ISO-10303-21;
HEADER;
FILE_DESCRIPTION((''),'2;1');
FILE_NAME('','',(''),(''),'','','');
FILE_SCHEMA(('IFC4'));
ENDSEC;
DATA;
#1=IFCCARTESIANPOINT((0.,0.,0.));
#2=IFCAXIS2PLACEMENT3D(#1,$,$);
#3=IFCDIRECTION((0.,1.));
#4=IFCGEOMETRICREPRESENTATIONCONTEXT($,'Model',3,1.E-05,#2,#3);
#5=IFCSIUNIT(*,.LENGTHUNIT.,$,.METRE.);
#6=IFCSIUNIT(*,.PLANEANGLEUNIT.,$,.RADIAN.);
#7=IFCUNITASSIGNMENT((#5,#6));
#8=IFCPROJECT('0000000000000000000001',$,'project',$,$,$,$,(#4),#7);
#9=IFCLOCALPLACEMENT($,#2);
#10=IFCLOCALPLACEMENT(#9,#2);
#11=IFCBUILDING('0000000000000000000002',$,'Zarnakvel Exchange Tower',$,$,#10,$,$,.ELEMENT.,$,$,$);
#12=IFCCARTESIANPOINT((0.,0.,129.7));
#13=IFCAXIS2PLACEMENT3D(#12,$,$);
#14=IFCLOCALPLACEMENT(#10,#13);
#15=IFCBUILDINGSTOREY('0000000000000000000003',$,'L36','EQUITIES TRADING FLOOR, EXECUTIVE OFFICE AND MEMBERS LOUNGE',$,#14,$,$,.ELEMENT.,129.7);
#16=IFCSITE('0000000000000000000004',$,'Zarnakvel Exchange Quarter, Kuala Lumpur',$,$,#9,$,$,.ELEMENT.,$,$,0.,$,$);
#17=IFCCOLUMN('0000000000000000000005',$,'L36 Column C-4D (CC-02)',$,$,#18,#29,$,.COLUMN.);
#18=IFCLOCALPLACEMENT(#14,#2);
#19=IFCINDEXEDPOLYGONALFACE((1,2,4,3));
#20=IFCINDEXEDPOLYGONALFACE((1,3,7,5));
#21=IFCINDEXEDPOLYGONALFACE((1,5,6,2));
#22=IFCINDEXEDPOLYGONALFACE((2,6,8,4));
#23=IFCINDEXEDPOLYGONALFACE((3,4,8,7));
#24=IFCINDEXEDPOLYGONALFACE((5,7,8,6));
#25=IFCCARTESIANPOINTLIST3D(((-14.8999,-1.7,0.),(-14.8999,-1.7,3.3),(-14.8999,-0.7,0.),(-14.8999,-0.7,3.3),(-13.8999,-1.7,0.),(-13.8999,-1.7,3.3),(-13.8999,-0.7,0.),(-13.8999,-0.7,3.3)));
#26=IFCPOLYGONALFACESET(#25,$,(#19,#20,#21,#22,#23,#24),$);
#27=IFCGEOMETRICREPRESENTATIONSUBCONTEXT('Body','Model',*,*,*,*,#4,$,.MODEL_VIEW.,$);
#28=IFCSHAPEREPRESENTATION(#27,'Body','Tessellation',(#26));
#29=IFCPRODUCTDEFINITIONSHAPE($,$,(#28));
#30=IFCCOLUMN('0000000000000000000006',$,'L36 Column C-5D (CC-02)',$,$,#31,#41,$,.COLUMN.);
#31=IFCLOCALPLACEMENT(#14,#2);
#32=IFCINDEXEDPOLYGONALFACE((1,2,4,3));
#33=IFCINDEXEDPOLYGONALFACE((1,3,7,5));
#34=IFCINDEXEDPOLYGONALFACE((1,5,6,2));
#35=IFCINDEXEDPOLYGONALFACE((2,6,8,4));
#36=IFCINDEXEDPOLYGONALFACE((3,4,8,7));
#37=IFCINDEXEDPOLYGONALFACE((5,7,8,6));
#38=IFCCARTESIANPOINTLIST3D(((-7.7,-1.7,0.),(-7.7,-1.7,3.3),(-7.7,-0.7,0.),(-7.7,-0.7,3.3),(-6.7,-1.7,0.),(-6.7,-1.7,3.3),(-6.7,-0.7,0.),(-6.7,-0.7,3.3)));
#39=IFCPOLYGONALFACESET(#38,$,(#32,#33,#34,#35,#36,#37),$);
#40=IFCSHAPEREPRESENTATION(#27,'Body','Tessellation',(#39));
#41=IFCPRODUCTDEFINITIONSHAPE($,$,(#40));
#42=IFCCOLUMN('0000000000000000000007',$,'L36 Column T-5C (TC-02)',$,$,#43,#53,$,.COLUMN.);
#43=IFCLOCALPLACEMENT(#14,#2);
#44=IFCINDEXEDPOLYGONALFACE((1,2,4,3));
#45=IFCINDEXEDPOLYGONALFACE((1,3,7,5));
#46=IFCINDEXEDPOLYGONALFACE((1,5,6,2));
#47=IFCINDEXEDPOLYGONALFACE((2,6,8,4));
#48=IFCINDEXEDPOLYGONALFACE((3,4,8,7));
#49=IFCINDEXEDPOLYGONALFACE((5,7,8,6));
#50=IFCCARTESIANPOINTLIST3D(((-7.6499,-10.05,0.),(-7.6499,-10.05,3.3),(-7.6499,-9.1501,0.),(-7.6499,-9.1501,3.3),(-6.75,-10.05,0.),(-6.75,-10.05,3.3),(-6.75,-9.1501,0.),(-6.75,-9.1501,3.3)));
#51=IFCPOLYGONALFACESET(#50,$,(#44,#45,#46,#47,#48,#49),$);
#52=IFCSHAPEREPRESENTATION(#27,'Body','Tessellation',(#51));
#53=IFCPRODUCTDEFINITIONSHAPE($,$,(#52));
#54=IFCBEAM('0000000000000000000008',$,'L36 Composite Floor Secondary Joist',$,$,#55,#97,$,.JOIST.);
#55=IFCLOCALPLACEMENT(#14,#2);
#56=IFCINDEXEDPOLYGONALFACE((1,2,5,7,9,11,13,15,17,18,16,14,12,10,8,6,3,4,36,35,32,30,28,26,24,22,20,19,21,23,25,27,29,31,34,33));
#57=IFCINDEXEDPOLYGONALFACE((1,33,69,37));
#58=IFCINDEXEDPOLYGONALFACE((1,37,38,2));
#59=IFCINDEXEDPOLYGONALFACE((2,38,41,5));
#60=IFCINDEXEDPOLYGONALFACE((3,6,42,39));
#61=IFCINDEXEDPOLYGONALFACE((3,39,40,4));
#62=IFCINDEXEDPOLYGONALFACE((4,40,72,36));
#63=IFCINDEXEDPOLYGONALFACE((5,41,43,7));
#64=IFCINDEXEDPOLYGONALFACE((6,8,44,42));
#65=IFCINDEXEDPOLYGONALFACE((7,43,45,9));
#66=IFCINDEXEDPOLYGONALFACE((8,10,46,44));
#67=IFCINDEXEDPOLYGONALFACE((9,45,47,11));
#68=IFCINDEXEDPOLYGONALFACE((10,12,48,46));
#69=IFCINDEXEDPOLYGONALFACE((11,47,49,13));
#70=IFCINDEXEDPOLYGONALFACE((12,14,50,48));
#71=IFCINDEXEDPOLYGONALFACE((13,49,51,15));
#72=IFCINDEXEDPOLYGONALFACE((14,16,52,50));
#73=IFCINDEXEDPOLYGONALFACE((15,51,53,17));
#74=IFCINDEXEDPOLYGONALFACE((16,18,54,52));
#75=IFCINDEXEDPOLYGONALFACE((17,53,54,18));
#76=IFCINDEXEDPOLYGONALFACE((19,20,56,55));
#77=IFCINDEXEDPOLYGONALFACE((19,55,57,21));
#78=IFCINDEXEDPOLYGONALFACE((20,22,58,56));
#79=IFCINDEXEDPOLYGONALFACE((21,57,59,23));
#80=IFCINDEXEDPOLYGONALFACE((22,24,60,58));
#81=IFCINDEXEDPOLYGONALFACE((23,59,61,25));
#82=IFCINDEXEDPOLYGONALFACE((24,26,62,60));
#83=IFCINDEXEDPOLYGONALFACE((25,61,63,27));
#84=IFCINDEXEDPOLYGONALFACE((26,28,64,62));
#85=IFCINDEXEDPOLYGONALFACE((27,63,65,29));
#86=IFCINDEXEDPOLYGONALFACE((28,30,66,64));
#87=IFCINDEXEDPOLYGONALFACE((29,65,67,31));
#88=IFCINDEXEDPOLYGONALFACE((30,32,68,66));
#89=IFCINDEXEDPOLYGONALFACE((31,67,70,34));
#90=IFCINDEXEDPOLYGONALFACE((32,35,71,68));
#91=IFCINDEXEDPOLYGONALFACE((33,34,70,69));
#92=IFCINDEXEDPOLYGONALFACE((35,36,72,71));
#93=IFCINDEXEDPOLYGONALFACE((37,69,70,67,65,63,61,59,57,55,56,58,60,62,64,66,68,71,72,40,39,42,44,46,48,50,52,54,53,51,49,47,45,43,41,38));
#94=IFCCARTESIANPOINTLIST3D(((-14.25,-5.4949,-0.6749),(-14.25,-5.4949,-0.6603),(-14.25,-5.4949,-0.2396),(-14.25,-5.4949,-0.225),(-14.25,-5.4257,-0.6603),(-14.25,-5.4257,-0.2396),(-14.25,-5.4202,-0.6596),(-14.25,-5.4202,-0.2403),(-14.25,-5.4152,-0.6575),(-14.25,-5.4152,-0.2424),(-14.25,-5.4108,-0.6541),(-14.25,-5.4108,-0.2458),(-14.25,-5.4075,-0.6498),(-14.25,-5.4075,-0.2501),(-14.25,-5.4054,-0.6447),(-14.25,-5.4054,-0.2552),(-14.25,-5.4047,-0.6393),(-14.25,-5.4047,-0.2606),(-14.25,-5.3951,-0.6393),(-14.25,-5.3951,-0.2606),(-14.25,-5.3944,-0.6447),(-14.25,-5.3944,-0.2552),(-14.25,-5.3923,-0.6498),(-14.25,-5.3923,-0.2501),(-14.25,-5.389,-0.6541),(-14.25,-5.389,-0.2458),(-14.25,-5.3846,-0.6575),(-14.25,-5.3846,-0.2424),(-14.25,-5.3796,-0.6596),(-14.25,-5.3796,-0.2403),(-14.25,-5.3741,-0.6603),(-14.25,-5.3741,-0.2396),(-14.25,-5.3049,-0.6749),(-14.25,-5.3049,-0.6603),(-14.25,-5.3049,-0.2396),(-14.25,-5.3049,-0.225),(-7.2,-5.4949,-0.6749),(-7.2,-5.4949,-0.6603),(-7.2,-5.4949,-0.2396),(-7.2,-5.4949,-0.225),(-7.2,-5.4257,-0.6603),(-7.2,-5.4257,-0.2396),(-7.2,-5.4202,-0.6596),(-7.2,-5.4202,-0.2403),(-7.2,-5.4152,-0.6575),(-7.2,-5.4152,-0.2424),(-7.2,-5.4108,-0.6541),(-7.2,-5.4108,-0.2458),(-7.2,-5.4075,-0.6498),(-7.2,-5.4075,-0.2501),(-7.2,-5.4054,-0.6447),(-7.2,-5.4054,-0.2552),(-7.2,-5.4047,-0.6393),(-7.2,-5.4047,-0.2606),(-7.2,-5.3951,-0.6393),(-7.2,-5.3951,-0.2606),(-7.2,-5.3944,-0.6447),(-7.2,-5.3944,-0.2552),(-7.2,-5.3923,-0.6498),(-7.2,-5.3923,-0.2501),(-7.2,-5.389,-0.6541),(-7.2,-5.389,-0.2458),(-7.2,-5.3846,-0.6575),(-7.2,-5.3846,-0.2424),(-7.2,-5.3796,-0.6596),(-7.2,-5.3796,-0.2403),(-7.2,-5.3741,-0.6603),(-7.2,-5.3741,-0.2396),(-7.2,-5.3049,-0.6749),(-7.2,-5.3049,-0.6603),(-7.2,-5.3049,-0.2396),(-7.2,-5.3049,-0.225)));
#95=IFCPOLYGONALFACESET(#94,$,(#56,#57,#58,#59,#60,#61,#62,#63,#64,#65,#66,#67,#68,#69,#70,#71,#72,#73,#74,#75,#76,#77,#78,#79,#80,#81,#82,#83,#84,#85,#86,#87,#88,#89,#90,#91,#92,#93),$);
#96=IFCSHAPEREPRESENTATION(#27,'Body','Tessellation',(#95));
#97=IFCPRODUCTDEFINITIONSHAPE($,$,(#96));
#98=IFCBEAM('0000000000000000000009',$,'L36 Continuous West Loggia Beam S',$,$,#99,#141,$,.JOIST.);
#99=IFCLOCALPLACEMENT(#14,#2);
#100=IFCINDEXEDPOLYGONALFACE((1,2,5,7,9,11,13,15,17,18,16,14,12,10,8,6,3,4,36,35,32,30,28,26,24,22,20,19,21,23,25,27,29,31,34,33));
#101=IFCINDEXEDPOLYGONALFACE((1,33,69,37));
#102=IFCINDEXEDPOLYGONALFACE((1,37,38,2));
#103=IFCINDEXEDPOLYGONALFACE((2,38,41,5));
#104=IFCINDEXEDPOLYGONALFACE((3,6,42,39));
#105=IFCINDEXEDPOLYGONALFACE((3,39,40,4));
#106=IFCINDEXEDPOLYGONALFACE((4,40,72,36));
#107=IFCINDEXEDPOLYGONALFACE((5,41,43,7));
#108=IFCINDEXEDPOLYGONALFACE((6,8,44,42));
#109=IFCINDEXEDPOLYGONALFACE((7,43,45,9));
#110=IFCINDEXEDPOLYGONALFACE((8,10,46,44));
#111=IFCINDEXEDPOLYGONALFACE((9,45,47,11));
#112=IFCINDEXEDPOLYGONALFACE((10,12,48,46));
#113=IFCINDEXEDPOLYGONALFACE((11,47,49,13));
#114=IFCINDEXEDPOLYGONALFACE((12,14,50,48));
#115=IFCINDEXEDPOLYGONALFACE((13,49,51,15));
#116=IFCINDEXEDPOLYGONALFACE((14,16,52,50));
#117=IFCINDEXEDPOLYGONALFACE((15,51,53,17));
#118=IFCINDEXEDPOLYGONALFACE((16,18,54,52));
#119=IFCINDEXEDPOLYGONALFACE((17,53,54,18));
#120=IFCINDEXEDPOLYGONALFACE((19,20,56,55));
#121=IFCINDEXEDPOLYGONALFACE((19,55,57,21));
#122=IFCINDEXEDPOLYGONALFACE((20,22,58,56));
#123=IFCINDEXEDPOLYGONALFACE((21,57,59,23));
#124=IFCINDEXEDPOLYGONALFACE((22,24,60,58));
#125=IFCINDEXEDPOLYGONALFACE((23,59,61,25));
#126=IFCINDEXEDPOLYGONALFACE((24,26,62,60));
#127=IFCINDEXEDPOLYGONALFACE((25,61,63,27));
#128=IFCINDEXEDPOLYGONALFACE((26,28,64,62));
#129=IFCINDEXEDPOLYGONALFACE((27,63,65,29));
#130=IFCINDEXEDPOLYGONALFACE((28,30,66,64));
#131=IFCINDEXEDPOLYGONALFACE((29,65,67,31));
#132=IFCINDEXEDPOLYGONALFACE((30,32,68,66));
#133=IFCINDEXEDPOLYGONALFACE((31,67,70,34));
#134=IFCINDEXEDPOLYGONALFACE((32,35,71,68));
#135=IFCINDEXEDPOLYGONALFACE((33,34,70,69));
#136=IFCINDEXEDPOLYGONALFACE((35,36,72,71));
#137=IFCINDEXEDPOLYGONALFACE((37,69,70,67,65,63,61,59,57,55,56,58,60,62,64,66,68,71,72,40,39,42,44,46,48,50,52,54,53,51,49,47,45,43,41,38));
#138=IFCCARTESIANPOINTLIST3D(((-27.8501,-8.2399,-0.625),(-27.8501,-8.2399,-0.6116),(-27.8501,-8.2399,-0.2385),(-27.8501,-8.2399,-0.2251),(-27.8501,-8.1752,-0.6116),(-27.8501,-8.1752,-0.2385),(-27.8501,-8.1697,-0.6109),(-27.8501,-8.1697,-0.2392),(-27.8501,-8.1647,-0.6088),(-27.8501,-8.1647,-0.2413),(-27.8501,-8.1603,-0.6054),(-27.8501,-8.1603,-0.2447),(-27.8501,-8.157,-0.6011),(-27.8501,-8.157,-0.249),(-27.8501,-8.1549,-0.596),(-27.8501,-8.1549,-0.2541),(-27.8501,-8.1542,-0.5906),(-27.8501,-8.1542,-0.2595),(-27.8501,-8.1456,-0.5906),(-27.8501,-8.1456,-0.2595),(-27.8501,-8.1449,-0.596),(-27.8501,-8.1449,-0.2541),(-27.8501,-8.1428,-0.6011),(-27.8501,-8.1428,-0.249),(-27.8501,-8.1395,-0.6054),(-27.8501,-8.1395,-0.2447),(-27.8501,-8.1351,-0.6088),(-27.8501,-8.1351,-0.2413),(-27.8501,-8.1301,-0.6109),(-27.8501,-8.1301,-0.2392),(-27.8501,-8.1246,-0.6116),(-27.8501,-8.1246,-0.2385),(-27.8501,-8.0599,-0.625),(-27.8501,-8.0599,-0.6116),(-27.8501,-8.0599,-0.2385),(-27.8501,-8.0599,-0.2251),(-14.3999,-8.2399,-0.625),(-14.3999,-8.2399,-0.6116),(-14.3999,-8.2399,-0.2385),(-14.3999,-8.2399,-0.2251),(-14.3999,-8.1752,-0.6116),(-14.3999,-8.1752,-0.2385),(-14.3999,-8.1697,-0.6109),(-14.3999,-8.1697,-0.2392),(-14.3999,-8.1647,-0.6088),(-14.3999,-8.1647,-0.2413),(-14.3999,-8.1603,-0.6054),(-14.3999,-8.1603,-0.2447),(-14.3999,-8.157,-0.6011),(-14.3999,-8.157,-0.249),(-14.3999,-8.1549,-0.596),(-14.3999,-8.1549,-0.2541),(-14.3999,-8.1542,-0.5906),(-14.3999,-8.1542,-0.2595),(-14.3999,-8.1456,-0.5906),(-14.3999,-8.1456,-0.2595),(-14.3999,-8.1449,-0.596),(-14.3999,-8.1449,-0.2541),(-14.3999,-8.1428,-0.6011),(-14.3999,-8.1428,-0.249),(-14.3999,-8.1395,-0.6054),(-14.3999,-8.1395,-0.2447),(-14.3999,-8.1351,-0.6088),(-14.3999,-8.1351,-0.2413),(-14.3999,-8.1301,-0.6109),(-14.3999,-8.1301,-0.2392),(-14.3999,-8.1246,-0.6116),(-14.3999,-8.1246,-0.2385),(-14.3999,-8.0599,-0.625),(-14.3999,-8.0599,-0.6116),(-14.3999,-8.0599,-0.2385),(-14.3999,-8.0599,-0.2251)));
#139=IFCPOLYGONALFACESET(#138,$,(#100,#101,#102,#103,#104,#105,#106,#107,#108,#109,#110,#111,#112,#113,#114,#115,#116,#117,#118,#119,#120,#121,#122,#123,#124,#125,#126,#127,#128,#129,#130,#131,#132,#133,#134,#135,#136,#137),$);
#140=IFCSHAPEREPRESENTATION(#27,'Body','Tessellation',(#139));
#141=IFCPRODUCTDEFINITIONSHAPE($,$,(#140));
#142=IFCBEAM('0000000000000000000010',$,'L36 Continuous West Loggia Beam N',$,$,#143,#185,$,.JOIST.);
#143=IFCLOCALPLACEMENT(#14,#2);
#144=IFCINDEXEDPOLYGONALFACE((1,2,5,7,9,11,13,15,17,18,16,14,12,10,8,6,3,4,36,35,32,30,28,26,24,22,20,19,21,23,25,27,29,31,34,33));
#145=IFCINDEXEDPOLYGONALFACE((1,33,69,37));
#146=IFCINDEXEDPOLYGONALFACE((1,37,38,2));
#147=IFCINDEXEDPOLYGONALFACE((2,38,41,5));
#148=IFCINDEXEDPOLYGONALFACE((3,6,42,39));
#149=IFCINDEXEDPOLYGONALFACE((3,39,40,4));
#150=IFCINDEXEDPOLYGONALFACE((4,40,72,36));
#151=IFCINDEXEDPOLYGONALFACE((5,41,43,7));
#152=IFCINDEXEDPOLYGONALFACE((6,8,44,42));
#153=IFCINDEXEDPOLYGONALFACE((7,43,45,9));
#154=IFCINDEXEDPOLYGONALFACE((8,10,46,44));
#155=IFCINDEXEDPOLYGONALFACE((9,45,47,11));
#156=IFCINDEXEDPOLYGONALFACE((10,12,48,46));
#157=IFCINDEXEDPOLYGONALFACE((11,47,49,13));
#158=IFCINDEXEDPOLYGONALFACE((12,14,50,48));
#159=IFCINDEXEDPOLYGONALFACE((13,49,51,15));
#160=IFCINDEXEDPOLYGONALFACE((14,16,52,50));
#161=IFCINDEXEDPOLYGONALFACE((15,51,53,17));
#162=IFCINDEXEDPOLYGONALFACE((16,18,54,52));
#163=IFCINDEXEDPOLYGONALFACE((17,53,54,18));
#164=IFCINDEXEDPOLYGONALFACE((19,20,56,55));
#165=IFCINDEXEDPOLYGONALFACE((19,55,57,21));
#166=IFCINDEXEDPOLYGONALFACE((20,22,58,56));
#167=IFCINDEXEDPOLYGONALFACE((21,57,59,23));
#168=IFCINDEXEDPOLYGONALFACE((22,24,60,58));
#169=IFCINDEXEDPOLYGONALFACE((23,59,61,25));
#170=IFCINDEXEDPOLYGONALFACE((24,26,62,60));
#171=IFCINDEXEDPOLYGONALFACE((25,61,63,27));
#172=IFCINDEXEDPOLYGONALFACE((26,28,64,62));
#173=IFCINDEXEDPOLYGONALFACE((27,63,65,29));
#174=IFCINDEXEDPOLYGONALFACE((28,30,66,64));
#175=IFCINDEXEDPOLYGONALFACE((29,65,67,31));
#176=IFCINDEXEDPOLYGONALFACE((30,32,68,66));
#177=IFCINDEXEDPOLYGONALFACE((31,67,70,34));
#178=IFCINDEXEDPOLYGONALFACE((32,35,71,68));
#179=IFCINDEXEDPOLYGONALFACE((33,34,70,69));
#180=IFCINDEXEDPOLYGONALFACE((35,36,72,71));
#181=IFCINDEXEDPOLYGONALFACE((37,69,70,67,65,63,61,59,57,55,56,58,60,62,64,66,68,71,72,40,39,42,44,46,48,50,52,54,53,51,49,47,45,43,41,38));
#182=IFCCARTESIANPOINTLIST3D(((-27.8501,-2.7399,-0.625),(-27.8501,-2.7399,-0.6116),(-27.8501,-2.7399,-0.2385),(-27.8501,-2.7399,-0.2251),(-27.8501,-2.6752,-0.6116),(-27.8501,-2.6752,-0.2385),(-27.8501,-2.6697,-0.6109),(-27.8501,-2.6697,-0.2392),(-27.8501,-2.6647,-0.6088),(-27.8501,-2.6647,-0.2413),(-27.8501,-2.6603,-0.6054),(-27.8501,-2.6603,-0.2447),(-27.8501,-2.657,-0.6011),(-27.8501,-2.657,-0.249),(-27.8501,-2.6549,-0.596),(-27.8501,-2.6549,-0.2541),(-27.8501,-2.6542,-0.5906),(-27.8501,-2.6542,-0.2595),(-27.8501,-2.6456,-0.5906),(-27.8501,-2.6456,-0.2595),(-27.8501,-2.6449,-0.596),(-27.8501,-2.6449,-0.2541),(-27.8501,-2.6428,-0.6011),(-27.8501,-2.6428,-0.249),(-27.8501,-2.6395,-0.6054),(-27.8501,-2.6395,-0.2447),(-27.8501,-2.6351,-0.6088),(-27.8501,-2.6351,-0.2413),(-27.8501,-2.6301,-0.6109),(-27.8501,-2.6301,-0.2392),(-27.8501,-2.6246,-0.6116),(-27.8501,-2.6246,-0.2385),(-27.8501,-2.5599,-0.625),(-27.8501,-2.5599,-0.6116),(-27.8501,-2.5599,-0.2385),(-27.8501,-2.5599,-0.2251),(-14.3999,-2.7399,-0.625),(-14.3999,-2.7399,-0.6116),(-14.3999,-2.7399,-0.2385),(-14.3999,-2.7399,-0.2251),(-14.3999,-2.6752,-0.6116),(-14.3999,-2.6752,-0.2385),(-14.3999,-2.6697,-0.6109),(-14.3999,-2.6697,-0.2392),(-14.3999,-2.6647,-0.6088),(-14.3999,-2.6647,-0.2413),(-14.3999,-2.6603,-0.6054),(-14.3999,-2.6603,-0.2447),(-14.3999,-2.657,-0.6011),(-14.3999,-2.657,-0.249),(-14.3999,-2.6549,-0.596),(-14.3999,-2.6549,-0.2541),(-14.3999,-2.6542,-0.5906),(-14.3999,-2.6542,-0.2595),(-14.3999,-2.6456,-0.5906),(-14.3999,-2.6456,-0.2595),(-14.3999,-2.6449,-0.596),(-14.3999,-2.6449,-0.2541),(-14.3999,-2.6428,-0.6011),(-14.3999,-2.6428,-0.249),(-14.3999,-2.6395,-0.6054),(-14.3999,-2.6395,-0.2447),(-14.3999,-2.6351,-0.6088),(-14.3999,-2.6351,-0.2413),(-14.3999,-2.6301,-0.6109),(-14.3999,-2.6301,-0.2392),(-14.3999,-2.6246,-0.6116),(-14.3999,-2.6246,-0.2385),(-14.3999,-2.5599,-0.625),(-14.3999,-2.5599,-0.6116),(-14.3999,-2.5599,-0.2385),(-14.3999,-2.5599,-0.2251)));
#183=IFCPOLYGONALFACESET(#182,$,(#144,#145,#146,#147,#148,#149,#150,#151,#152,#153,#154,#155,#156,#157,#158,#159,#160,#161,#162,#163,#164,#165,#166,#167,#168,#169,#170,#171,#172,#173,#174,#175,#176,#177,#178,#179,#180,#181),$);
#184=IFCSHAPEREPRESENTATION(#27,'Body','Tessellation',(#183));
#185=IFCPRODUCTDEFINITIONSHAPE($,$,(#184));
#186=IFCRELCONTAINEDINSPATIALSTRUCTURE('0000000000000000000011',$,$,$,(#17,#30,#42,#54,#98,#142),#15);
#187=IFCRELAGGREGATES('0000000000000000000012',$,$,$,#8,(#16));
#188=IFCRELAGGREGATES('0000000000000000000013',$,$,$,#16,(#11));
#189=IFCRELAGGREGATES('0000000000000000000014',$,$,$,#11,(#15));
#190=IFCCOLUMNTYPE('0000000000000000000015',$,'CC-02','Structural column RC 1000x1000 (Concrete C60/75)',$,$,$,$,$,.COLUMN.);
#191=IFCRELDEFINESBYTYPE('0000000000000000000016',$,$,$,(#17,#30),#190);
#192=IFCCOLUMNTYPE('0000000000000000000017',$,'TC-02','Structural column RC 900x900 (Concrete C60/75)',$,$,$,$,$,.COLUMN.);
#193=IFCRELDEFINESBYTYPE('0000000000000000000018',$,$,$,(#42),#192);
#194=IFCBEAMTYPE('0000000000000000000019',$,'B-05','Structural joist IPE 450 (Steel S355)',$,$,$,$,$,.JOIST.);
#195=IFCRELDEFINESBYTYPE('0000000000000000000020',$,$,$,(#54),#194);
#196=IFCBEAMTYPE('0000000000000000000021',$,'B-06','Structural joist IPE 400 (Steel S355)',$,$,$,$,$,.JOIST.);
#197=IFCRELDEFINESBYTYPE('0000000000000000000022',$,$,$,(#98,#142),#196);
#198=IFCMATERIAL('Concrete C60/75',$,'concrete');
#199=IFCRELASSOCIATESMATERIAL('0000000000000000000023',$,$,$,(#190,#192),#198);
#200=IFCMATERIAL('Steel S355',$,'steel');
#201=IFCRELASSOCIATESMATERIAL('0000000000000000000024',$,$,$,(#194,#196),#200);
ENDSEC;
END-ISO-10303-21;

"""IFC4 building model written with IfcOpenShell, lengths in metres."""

from ifc_helpers import new_model, si_unit, direction, frame, origin, origin_2d, place, context, subcontext, project, spatial, rectangle, i_section, extrude, material, material_profile, profile_set, type_object, element, save


model = new_model("IFC4")

# Units and contexts
model_context = context("Model", 3, precision=1e-05, world=origin(), true_north=direction((0.0, 1.0)))
body_context = subcontext(model_context, "Body", "Model", "MODEL_VIEW")
ifc_project = project(units=[si_unit("LENGTHUNIT", "METRE"), si_unit("PLANEANGLEUNIT", "RADIAN")], contexts=[model_context])

# Site, building, storey
site_placement = place(None, origin())
site = spatial("IfcSite", under=ifc_project, at=site_placement, Name="Zarnakvel Exchange Quarter, Kuala Lumpur", CompositionType="ELEMENT", RefElevation=0.0)
building_placement = place(site_placement, origin())
building = spatial("IfcBuilding", under=site, at=building_placement, Name="Zarnakvel Exchange Tower", CompositionType="ELEMENT")
storey_placement = place(building_placement, frame((0.0, 0.0, 129.7)))
storey = spatial("IfcBuildingStorey", under=building, at=storey_placement, Name="L36", Description="EQUITIES TRADING FLOOR, EXECUTIVE OFFICE AND MEMBERS LOUNGE", CompositionType="ELEMENT", Elevation=129.7)

# Columns
ifc_material_1 = material(Name="Concrete C60/75", Category="concrete")
ifc_material_profile_1 = material_profile(ifc_material_1, rectangle(XDim=1.0, YDim=1.0, at=origin_2d()))
ifc_profile_set_1 = profile_set([ifc_material_profile_1], Name="Concrete C60/75")
column_type_1 = type_object("IfcColumnType", Name="CC-02", Description="Structural column RC 1000x1000 (Concrete C60/75)", PredefinedType="COLUMN", material=ifc_profile_set_1)
for number, where, z_axis, x_axis, name in (
    (1, (-14.3999, -1.2, 0.0), (0.0, 0.0, 1.0), (1.0, 0.0, 0.0), "L36 Column C-4D (CC-02)"),
    (2, (-7.2, -1.2, 0.0), (0.0, 0.0, 1.0), (1.0, 0.0, 0.0), "L36 Column C-5D (CC-02)"),
):
    element("IfcColumn", number, at=place(storey_placement, frame(where, z_axis=z_axis, x_axis=x_axis)), inside=storey, type_object=column_type_1, Name=name, PredefinedType="COLUMN", context=body_context, shape_type="SweptSolid", body=[
        extrude(rectangle(XDim=1.0, YDim=1.0, at=origin_2d()), origin(), (0.0, 0.0, 1.0), 3.3),
    ])
ifc_material_profile_2 = material_profile(ifc_material_1, rectangle(XDim=0.8999, YDim=0.8999, at=origin_2d()))
ifc_profile_set_2 = profile_set([ifc_material_profile_2], Name="Concrete C60/75")
column_type_2 = type_object("IfcColumnType", Name="TC-02", Description="Structural column RC 900x900 (Concrete C60/75)", PredefinedType="COLUMN", material=ifc_profile_set_2)
column_placement = place(storey_placement, frame((-7.2, -9.6001, 0.0), z_axis=(0.0, 0.0, 1.0), x_axis=(1.0, 0.0, 0.0)))
element("IfcColumn", 3, at=column_placement, inside=storey, type_object=column_type_2, Name="L36 Column T-5C (TC-02)", PredefinedType="COLUMN", context=body_context, shape_type="SweptSolid", body=[
    extrude(rectangle(XDim=0.8999, YDim=0.8999, at=origin_2d()), origin(), (0.0, 0.0, 1.0), 3.3),
])

# Beams
ifc_material_2 = material(Name="Steel S355", Category="steel")
ifc_material_profile_3 = material_profile(ifc_material_2, i_section(OverallWidth=0.1899, OverallDepth=0.45, WebThickness=0.0095, FlangeThickness=0.0146, FilletRadius=0.021, at=origin_2d()))
ifc_profile_set_3 = profile_set([ifc_material_profile_3], Name="Steel S355")
beam_type_1 = type_object("IfcBeamType", Name="B-05", Description="Structural joist IPE 450 (Steel S355)", PredefinedType="JOIST", material=ifc_profile_set_3)
beam_1_placement = place(storey_placement, frame((-14.25, -5.3999, -0.45), z_axis=(1.0, 0.0, 0.0), x_axis=(0.0, 1.0, 0.0)))
element("IfcBeam", 4, at=beam_1_placement, inside=storey, type_object=beam_type_1, Name="L36 Composite Floor Secondary Joist", PredefinedType="JOIST", context=body_context, shape_type="SweptSolid", body=[
    extrude(i_section(OverallWidth=0.1899, OverallDepth=0.45, WebThickness=0.0095, FlangeThickness=0.0146, FilletRadius=0.021, at=origin_2d()), origin(), (0.0, 0.0, 1.0), 7.05),
])
ifc_material_profile_4 = material_profile(ifc_material_2, i_section(OverallWidth=0.1799, OverallDepth=0.3999, WebThickness=0.0085, FlangeThickness=0.0134, FilletRadius=0.021, at=origin_2d()))
ifc_profile_set_4 = profile_set([ifc_material_profile_4], Name="Steel S355")
beam_type_2 = type_object("IfcBeamType", Name="B-06", Description="Structural joist IPE 400 (Steel S355)", PredefinedType="JOIST", material=ifc_profile_set_4)
for number, where, z_axis, x_axis, name in (
    (5, (-14.3999, -8.1499, -0.425), (-1.0, 0.0, 0.0), (0.0, -1.0, 0.0), "L36 Continuous West Loggia Beam S"),
    (6, (-14.3999, -2.6499, -0.425), (-1.0, 0.0, 0.0), (0.0, -1.0, 0.0), "L36 Continuous West Loggia Beam N"),
):
    element("IfcBeam", number, at=place(storey_placement, frame(where, z_axis=z_axis, x_axis=x_axis)), inside=storey, type_object=beam_type_2, Name=name, PredefinedType="JOIST", context=body_context, shape_type="SweptSolid", body=[
        extrude(i_section(OverallWidth=0.1799, OverallDepth=0.3999, WebThickness=0.0085, FlangeThickness=0.0134, FilletRadius=0.021, at=origin_2d()), origin(), (0.0, 0.0, 1.0), 13.4502),
    ])

save(model, "model.ifc")
